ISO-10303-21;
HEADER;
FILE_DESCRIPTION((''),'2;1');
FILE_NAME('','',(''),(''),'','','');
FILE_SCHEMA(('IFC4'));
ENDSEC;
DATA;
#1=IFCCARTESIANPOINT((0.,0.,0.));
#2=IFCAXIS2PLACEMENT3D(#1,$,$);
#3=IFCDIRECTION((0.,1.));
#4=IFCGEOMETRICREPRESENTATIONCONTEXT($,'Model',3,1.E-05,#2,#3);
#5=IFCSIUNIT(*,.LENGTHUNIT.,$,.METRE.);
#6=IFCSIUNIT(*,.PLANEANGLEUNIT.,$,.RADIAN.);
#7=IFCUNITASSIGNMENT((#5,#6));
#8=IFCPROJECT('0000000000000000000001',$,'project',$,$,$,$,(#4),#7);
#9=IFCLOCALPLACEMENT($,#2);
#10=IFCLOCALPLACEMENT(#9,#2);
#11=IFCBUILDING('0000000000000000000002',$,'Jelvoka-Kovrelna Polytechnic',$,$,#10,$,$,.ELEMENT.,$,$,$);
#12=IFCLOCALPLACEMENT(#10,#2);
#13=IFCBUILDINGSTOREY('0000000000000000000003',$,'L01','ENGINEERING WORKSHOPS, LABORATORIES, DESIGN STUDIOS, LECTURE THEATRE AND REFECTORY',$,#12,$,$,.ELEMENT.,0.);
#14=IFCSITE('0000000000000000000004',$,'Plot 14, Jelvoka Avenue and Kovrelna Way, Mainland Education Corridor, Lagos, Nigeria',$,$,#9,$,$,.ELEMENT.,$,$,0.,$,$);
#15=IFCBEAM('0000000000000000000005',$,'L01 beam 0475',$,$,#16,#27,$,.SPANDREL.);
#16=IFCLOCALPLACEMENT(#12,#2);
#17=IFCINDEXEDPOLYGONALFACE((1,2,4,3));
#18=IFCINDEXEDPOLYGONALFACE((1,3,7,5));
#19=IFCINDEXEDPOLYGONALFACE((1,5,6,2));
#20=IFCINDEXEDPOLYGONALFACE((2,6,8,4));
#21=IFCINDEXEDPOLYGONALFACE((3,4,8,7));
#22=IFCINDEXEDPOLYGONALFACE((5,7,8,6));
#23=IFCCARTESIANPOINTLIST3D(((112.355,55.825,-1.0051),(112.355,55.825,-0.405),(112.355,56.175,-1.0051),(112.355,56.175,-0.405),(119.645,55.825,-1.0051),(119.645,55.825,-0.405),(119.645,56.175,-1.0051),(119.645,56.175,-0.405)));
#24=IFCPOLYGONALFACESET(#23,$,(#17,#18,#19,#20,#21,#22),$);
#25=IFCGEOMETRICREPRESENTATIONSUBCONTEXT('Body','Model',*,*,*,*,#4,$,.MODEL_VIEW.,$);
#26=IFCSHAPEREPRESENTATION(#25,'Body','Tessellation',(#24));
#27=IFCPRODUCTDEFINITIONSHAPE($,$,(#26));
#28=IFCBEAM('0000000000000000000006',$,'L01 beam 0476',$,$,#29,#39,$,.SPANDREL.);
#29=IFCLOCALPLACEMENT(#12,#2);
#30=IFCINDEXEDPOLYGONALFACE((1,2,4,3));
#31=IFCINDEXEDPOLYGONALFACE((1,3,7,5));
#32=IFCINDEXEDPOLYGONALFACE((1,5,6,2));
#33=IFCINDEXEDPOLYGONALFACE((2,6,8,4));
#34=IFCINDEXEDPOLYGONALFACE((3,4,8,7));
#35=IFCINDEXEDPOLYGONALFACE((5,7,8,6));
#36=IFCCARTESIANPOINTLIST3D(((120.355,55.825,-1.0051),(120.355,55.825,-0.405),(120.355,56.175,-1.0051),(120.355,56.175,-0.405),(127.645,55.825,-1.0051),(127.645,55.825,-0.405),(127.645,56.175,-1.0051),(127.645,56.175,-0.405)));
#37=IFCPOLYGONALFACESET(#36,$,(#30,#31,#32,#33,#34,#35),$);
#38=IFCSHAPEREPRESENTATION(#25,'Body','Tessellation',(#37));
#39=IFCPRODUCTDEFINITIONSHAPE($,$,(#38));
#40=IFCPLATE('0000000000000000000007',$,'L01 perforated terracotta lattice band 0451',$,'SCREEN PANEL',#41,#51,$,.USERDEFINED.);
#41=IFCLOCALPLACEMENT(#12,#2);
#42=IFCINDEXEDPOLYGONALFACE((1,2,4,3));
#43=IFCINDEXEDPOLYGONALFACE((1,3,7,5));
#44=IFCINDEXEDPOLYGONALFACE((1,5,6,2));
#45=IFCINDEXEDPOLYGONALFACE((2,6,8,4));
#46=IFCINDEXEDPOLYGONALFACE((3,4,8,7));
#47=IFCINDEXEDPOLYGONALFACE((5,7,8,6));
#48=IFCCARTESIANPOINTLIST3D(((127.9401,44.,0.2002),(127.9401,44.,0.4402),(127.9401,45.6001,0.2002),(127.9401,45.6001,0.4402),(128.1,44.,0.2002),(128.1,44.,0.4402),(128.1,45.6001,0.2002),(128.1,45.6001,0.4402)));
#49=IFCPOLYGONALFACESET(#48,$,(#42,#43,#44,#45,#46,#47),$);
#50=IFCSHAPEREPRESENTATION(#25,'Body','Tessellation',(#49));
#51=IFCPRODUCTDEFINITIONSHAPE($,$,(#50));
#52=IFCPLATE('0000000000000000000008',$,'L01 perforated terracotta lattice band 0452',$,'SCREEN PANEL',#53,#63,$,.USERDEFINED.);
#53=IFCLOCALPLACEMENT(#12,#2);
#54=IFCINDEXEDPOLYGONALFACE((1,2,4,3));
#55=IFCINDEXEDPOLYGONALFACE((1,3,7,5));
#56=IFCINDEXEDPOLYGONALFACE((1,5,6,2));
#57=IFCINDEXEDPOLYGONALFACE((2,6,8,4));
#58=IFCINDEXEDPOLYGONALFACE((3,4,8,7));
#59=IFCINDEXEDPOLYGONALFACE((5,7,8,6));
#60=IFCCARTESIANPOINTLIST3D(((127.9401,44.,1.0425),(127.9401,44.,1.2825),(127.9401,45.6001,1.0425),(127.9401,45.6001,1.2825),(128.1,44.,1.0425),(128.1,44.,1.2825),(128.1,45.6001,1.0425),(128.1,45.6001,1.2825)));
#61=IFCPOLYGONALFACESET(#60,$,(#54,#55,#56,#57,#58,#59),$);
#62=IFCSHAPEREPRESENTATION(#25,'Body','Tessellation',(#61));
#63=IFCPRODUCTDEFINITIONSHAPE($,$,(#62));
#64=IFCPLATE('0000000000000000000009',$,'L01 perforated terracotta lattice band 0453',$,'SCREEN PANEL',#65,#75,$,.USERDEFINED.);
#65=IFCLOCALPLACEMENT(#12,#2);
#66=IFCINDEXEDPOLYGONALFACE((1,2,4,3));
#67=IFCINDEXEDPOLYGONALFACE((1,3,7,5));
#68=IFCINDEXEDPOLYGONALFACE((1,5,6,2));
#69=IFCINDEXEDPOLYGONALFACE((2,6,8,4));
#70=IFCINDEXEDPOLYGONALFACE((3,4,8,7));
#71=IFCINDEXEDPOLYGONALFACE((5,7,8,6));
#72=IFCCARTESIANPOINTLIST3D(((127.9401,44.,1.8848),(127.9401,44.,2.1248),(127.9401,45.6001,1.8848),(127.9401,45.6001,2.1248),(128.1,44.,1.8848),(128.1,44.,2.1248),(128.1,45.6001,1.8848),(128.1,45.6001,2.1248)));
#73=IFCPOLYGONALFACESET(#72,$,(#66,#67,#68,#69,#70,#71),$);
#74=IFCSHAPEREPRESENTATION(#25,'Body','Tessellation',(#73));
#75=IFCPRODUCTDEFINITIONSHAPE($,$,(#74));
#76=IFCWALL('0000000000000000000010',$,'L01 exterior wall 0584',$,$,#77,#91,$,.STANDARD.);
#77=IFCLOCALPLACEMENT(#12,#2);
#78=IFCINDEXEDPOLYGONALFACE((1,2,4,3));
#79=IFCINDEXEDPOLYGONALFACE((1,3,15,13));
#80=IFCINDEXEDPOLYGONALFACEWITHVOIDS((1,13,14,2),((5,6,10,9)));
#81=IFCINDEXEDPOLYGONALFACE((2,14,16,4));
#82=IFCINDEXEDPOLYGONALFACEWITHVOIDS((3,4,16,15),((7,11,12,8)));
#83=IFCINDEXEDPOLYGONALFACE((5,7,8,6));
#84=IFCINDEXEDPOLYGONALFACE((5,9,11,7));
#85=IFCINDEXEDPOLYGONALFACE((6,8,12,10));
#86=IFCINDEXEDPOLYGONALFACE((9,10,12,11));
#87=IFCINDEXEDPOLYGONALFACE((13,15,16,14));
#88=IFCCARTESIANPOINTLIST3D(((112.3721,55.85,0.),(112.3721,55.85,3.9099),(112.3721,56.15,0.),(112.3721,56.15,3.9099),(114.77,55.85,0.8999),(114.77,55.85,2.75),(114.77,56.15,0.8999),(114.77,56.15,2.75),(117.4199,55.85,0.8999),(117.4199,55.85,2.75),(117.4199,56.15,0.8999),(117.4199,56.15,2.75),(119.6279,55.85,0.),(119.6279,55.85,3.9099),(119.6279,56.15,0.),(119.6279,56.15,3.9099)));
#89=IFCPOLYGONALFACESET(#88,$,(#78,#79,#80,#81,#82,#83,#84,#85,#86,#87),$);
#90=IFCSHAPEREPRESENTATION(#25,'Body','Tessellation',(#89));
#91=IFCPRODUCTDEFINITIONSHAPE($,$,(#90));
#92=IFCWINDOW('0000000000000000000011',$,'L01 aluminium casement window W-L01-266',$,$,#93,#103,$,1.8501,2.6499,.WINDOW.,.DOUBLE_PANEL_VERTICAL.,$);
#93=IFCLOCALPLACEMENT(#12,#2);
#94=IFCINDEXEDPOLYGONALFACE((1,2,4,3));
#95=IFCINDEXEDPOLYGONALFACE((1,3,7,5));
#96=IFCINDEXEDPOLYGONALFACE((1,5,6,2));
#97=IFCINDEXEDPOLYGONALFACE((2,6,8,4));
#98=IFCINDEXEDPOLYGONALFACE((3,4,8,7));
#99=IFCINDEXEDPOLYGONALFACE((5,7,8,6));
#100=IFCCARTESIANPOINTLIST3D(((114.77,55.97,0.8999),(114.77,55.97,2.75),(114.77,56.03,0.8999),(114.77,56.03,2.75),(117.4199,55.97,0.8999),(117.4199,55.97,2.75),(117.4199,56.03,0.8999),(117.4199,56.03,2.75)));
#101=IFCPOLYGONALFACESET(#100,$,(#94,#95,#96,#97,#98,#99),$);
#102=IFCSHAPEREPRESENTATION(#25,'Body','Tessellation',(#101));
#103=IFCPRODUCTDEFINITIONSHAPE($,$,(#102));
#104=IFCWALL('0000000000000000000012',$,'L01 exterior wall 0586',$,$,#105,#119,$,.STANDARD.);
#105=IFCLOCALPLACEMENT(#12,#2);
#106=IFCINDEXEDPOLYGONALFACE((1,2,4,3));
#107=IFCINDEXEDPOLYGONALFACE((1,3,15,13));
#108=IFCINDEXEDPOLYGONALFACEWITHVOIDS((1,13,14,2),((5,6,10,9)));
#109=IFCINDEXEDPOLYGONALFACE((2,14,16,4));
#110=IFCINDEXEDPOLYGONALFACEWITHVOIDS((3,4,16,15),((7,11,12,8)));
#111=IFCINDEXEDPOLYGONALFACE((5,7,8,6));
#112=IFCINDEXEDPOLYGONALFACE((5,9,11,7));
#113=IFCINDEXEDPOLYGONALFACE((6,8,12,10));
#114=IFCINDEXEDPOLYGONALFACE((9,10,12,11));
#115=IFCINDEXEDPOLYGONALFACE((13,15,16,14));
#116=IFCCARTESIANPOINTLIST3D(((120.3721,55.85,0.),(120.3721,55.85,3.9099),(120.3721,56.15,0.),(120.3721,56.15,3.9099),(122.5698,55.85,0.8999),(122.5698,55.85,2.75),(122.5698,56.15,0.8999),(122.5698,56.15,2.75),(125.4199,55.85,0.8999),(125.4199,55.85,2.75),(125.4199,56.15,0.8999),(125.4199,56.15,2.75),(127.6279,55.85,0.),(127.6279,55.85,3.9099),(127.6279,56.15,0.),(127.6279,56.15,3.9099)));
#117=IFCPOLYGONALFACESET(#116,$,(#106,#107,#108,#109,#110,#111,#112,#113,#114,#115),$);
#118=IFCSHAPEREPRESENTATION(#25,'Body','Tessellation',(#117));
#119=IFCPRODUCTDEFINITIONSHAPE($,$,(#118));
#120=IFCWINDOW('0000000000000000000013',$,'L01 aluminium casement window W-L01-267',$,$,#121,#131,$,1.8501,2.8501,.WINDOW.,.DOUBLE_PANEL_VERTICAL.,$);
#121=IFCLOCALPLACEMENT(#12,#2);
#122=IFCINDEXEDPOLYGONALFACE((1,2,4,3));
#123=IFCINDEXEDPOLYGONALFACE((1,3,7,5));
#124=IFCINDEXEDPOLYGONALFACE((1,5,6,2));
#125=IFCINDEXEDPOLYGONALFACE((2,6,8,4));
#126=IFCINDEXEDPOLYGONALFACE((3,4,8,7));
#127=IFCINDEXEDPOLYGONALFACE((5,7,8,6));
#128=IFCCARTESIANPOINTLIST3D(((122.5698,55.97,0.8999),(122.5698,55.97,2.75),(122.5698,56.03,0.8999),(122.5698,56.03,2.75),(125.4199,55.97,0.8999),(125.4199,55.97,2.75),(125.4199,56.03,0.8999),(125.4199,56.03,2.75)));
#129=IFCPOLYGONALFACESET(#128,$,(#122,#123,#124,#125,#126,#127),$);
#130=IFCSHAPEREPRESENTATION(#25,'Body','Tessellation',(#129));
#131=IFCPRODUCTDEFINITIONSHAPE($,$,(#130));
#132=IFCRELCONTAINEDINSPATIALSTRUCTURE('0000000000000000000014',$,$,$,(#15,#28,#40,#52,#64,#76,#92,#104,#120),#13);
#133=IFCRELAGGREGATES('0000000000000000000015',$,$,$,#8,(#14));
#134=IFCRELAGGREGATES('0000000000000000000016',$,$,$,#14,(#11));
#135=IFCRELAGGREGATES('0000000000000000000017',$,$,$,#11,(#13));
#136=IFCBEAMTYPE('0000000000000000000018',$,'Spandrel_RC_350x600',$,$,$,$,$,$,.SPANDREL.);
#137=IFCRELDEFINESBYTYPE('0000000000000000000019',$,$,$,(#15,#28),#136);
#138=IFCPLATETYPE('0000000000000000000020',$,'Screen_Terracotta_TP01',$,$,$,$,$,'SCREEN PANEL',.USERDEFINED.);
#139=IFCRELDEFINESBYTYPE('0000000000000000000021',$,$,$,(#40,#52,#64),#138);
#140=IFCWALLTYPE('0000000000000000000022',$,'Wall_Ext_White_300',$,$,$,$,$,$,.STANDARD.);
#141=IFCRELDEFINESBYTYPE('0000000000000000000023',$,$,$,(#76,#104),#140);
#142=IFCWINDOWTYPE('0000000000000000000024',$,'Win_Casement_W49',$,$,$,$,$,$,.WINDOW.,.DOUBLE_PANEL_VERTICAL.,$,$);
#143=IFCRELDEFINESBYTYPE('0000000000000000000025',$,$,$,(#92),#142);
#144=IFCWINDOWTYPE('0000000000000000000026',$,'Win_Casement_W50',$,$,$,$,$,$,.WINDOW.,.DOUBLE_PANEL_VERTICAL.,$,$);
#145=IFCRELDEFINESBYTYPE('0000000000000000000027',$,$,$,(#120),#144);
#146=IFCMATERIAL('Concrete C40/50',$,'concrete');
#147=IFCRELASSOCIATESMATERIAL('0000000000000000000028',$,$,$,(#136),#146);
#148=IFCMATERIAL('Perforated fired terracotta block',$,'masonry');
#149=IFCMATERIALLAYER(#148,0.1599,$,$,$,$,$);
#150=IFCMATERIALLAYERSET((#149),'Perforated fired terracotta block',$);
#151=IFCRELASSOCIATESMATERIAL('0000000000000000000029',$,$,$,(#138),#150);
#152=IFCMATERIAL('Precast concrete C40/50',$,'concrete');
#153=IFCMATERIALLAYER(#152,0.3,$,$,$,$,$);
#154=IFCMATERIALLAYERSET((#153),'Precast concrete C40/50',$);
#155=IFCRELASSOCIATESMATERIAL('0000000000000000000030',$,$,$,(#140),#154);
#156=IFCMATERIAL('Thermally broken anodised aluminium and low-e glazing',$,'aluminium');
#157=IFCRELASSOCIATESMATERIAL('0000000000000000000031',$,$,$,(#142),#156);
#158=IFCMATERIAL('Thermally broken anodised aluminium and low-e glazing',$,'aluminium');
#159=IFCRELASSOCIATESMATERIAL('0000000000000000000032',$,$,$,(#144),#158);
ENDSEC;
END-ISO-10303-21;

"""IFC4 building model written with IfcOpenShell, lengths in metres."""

from ifc_helpers import new_model, si_unit, direction, frame, frame_2d, origin, origin_2d, place, context, subcontext, project, spatial, rectangle, extrude, material, layer, layer_set, material_profile, profile_set, type_object, element, fill, save


model = new_model("IFC4")

# Units and contexts
model_context = context("Model", 3, precision=1e-05, world=origin(), true_north=direction((0.0, 1.0)))
body_context = subcontext(model_context, "Body", "Model", "MODEL_VIEW")
ifc_project = project(units=[si_unit("LENGTHUNIT", "METRE"), si_unit("PLANEANGLEUNIT", "RADIAN")], contexts=[model_context])

# Site, building, storey
site_placement = place(None, origin())
site = spatial("IfcSite", under=ifc_project, at=site_placement, Name="Plot 14, Jelvoka Avenue and Kovrelna Way, Mainland Education Corridor, Lagos, Nigeria", CompositionType="ELEMENT", RefElevation=0.0)
building_placement = place(site_placement, origin())
building = spatial("IfcBuilding", under=site, at=building_placement, Name="Jelvoka-Kovrelna Polytechnic", CompositionType="ELEMENT")
storey_placement = place(building_placement, origin())
storey = spatial("IfcBuildingStorey", under=building, at=storey_placement, Name="L01", Description="ENGINEERING WORKSHOPS, LABORATORIES, DESIGN STUDIOS, LECTURE THEATRE AND REFECTORY", CompositionType="ELEMENT", Elevation=0.0)

# Beams
ifc_material_1 = material(Name="Concrete C40/50", Category="concrete")
ifc_material_profile_1 = material_profile(ifc_material_1, rectangle(XDim=0.3501, YDim=0.6001, at=origin_2d()), Name="RC 350x600")
ifc_profile_set_1 = profile_set([ifc_material_profile_1], Name="Concrete C40/50")
beam_type = type_object("IfcBeamType", Name="Spandrel_RC_350x600", PredefinedType="SPANDREL", material=ifc_profile_set_1)
for number, where, z_axis, x_axis, name in (
    (1, (112.355, 56.0, -0.7051), (1.0, 0.0, 0.0), (0.0, 1.0, 0.0), "L01 beam 0475"),
    (2, (120.355, 56.0, -0.7051), (1.0, 0.0, 0.0), (0.0, 1.0, 0.0), "L01 beam 0476"),
):
    element("IfcBeam", number, at=place(storey_placement, frame(where, z_axis=z_axis, x_axis=x_axis)), inside=storey, type_object=beam_type, Name=name, PredefinedType="SPANDREL", context=body_context, shape_type="SweptSolid", body=[
        extrude(rectangle(XDim=0.3501, YDim=0.6001, at=origin_2d()), origin(), (0.0, 0.0, 1.0), 7.29),
    ])

# Plates
ifc_material_2 = material(Name="Perforated fired terracotta block", Category="masonry")
ifc_layer_1 = layer(ifc_material_2, 0.1599)
ifc_layer_set_1 = layer_set([ifc_layer_1], Name="Perforated fired terracotta block")
plate_type = type_object("IfcPlateType", Name="Screen_Terracotta_TP01", ElementType="SCREEN PANEL", PredefinedType="USERDEFINED", material=ifc_layer_set_1)
for number, where, z_axis, x_axis, name in (
    (3, (128.02, 44.8, 0.2002), (0.0, 0.0, 1.0), (0.0, 1.0, 0.0), "L01 perforated terracotta lattice band 0451"),
    (4, (128.02, 44.8, 1.0425), (0.0, 0.0, 1.0), (0.0, 1.0, 0.0), "L01 perforated terracotta lattice band 0452"),
    (5, (128.02, 44.8, 1.8848), (0.0, 0.0, 1.0), (0.0, 1.0, 0.0), "L01 perforated terracotta lattice band 0453"),
):
    element("IfcPlate", number, at=place(storey_placement, frame(where, z_axis=z_axis, x_axis=x_axis)), inside=storey, type_object=plate_type, Name=name, ObjectType="SCREEN PANEL", PredefinedType="USERDEFINED", context=body_context, shape_type="SweptSolid", body=[
        extrude(rectangle(XDim=1.6001, YDim=0.1599, at=origin_2d()), origin(), (0.0, 0.0, 1.0), 0.24),
    ])

# Walls, openings, windows
ifc_material_3 = material(Name="Precast concrete C40/50", Category="concrete")
ifc_layer_2 = layer(ifc_material_3, 0.3)
ifc_layer_set_2 = layer_set([ifc_layer_2], Name="Precast concrete C40/50")
wall_type = type_object("IfcWallType", Name="Wall_Ext_White_300", PredefinedType="STANDARD", material=ifc_layer_set_2)
wall_1_placement = place(storey_placement, frame((119.6279, 56.0, 0.0), z_axis=(0.0, 0.0, 1.0), x_axis=(-1.0, 0.0, 0.0)))
wall_1 = element("IfcWall", 6, at=wall_1_placement, inside=storey, type_object=wall_type, Name="L01 exterior wall 0584", PredefinedType="STANDARD", context=body_context, shape_type="SweptSolid", body=[
    extrude(rectangle(XDim=7.2559, YDim=0.3, at=frame_2d((3.6279, 0.0))), origin(), (0.0, 0.0, 1.0), 3.9099),
])
opening_1_placement = place(wall_1_placement, frame((2.208, 0.0, 0.8999)))
opening_1 = element("IfcOpeningElement", 7, at=opening_1_placement, cuts=wall_1, PredefinedType="OPENING", context=body_context, shape_type="SweptSolid", body=[
    extrude(rectangle(XDim=2.6499, YDim=1.8501, at=frame_2d((1.325, 0.925))), frame((0.0, 0.1599, 0.0), z_axis=(0.0, -1.0, 0.0), x_axis=(1.0, 0.0, 0.0)), (0.0, 0.0, 1.0), 0.3201),
])
ifc_material_4 = material(Name="Thermally broken anodised aluminium and low-e glazing", Category="aluminium")
window_type_1 = type_object("IfcWindowType", Name="Win_Casement_W49", PartitioningType="DOUBLE_PANEL_VERTICAL", PredefinedType="WINDOW", material=ifc_material_4)
window_1_placement = place(opening_1_placement, origin())
window_1 = element("IfcWindow", 8, at=window_1_placement, inside=storey, type_object=window_type_1, Name="L01 aluminium casement window W-L01-266", OverallHeight=1.8501, OverallWidth=2.6499, PartitioningType="DOUBLE_PANEL_VERTICAL", PredefinedType="WINDOW", context=body_context, shape_type="SweptSolid", body=[
    extrude(rectangle(XDim=2.6499, YDim=1.8501, at=frame_2d((1.325, 0.925))), frame((0.0, 0.03, 0.0), z_axis=(0.0, -1.0, 0.0), x_axis=(1.0, 0.0, 0.0)), (0.0, 0.0, 1.0), 0.0601),
])
fill(opening_1, window_1)
wall_2_placement = place(storey_placement, frame((127.6279, 56.0, 0.0), z_axis=(0.0, 0.0, 1.0), x_axis=(-1.0, 0.0, 0.0)))
wall_2 = element("IfcWall", 9, at=wall_2_placement, inside=storey, type_object=wall_type, Name="L01 exterior wall 0586", PredefinedType="STANDARD", context=body_context, shape_type="SweptSolid", body=[
    extrude(rectangle(XDim=7.2559, YDim=0.3, at=frame_2d((3.6279, 0.0))), origin(), (0.0, 0.0, 1.0), 3.9099),
])
opening_2_placement = place(wall_2_placement, frame((2.208, 0.0, 0.8999)))
opening_2 = element("IfcOpeningElement", 10, at=opening_2_placement, cuts=wall_2, PredefinedType="OPENING", context=body_context, shape_type="SweptSolid", body=[
    extrude(rectangle(XDim=2.8501, YDim=1.8501, at=frame_2d((1.425, 0.925))), frame((0.0, 0.1599, 0.0), z_axis=(0.0, -1.0, 0.0), x_axis=(1.0, 0.0, 0.0)), (0.0, 0.0, 1.0), 0.3201),
])
ifc_material_5 = material(Name="Thermally broken anodised aluminium and low-e glazing", Category="aluminium")
window_type_2 = type_object("IfcWindowType", Name="Win_Casement_W50", PartitioningType="DOUBLE_PANEL_VERTICAL", PredefinedType="WINDOW", material=ifc_material_5)
window_2_placement = place(opening_2_placement, origin())
window_2 = element("IfcWindow", 11, at=window_2_placement, inside=storey, type_object=window_type_2, Name="L01 aluminium casement window W-L01-267", OverallHeight=1.8501, OverallWidth=2.8501, PartitioningType="DOUBLE_PANEL_VERTICAL", PredefinedType="WINDOW", context=body_context, shape_type="SweptSolid", body=[
    extrude(rectangle(XDim=2.8501, YDim=1.8501, at=frame_2d((1.425, 0.925))), frame((0.0, 0.03, 0.0), z_axis=(0.0, -1.0, 0.0), x_axis=(1.0, 0.0, 0.0)), (0.0, 0.0, 1.0), 0.0601),
])
fill(opening_2, window_2)

save(model, "model.ifc")
